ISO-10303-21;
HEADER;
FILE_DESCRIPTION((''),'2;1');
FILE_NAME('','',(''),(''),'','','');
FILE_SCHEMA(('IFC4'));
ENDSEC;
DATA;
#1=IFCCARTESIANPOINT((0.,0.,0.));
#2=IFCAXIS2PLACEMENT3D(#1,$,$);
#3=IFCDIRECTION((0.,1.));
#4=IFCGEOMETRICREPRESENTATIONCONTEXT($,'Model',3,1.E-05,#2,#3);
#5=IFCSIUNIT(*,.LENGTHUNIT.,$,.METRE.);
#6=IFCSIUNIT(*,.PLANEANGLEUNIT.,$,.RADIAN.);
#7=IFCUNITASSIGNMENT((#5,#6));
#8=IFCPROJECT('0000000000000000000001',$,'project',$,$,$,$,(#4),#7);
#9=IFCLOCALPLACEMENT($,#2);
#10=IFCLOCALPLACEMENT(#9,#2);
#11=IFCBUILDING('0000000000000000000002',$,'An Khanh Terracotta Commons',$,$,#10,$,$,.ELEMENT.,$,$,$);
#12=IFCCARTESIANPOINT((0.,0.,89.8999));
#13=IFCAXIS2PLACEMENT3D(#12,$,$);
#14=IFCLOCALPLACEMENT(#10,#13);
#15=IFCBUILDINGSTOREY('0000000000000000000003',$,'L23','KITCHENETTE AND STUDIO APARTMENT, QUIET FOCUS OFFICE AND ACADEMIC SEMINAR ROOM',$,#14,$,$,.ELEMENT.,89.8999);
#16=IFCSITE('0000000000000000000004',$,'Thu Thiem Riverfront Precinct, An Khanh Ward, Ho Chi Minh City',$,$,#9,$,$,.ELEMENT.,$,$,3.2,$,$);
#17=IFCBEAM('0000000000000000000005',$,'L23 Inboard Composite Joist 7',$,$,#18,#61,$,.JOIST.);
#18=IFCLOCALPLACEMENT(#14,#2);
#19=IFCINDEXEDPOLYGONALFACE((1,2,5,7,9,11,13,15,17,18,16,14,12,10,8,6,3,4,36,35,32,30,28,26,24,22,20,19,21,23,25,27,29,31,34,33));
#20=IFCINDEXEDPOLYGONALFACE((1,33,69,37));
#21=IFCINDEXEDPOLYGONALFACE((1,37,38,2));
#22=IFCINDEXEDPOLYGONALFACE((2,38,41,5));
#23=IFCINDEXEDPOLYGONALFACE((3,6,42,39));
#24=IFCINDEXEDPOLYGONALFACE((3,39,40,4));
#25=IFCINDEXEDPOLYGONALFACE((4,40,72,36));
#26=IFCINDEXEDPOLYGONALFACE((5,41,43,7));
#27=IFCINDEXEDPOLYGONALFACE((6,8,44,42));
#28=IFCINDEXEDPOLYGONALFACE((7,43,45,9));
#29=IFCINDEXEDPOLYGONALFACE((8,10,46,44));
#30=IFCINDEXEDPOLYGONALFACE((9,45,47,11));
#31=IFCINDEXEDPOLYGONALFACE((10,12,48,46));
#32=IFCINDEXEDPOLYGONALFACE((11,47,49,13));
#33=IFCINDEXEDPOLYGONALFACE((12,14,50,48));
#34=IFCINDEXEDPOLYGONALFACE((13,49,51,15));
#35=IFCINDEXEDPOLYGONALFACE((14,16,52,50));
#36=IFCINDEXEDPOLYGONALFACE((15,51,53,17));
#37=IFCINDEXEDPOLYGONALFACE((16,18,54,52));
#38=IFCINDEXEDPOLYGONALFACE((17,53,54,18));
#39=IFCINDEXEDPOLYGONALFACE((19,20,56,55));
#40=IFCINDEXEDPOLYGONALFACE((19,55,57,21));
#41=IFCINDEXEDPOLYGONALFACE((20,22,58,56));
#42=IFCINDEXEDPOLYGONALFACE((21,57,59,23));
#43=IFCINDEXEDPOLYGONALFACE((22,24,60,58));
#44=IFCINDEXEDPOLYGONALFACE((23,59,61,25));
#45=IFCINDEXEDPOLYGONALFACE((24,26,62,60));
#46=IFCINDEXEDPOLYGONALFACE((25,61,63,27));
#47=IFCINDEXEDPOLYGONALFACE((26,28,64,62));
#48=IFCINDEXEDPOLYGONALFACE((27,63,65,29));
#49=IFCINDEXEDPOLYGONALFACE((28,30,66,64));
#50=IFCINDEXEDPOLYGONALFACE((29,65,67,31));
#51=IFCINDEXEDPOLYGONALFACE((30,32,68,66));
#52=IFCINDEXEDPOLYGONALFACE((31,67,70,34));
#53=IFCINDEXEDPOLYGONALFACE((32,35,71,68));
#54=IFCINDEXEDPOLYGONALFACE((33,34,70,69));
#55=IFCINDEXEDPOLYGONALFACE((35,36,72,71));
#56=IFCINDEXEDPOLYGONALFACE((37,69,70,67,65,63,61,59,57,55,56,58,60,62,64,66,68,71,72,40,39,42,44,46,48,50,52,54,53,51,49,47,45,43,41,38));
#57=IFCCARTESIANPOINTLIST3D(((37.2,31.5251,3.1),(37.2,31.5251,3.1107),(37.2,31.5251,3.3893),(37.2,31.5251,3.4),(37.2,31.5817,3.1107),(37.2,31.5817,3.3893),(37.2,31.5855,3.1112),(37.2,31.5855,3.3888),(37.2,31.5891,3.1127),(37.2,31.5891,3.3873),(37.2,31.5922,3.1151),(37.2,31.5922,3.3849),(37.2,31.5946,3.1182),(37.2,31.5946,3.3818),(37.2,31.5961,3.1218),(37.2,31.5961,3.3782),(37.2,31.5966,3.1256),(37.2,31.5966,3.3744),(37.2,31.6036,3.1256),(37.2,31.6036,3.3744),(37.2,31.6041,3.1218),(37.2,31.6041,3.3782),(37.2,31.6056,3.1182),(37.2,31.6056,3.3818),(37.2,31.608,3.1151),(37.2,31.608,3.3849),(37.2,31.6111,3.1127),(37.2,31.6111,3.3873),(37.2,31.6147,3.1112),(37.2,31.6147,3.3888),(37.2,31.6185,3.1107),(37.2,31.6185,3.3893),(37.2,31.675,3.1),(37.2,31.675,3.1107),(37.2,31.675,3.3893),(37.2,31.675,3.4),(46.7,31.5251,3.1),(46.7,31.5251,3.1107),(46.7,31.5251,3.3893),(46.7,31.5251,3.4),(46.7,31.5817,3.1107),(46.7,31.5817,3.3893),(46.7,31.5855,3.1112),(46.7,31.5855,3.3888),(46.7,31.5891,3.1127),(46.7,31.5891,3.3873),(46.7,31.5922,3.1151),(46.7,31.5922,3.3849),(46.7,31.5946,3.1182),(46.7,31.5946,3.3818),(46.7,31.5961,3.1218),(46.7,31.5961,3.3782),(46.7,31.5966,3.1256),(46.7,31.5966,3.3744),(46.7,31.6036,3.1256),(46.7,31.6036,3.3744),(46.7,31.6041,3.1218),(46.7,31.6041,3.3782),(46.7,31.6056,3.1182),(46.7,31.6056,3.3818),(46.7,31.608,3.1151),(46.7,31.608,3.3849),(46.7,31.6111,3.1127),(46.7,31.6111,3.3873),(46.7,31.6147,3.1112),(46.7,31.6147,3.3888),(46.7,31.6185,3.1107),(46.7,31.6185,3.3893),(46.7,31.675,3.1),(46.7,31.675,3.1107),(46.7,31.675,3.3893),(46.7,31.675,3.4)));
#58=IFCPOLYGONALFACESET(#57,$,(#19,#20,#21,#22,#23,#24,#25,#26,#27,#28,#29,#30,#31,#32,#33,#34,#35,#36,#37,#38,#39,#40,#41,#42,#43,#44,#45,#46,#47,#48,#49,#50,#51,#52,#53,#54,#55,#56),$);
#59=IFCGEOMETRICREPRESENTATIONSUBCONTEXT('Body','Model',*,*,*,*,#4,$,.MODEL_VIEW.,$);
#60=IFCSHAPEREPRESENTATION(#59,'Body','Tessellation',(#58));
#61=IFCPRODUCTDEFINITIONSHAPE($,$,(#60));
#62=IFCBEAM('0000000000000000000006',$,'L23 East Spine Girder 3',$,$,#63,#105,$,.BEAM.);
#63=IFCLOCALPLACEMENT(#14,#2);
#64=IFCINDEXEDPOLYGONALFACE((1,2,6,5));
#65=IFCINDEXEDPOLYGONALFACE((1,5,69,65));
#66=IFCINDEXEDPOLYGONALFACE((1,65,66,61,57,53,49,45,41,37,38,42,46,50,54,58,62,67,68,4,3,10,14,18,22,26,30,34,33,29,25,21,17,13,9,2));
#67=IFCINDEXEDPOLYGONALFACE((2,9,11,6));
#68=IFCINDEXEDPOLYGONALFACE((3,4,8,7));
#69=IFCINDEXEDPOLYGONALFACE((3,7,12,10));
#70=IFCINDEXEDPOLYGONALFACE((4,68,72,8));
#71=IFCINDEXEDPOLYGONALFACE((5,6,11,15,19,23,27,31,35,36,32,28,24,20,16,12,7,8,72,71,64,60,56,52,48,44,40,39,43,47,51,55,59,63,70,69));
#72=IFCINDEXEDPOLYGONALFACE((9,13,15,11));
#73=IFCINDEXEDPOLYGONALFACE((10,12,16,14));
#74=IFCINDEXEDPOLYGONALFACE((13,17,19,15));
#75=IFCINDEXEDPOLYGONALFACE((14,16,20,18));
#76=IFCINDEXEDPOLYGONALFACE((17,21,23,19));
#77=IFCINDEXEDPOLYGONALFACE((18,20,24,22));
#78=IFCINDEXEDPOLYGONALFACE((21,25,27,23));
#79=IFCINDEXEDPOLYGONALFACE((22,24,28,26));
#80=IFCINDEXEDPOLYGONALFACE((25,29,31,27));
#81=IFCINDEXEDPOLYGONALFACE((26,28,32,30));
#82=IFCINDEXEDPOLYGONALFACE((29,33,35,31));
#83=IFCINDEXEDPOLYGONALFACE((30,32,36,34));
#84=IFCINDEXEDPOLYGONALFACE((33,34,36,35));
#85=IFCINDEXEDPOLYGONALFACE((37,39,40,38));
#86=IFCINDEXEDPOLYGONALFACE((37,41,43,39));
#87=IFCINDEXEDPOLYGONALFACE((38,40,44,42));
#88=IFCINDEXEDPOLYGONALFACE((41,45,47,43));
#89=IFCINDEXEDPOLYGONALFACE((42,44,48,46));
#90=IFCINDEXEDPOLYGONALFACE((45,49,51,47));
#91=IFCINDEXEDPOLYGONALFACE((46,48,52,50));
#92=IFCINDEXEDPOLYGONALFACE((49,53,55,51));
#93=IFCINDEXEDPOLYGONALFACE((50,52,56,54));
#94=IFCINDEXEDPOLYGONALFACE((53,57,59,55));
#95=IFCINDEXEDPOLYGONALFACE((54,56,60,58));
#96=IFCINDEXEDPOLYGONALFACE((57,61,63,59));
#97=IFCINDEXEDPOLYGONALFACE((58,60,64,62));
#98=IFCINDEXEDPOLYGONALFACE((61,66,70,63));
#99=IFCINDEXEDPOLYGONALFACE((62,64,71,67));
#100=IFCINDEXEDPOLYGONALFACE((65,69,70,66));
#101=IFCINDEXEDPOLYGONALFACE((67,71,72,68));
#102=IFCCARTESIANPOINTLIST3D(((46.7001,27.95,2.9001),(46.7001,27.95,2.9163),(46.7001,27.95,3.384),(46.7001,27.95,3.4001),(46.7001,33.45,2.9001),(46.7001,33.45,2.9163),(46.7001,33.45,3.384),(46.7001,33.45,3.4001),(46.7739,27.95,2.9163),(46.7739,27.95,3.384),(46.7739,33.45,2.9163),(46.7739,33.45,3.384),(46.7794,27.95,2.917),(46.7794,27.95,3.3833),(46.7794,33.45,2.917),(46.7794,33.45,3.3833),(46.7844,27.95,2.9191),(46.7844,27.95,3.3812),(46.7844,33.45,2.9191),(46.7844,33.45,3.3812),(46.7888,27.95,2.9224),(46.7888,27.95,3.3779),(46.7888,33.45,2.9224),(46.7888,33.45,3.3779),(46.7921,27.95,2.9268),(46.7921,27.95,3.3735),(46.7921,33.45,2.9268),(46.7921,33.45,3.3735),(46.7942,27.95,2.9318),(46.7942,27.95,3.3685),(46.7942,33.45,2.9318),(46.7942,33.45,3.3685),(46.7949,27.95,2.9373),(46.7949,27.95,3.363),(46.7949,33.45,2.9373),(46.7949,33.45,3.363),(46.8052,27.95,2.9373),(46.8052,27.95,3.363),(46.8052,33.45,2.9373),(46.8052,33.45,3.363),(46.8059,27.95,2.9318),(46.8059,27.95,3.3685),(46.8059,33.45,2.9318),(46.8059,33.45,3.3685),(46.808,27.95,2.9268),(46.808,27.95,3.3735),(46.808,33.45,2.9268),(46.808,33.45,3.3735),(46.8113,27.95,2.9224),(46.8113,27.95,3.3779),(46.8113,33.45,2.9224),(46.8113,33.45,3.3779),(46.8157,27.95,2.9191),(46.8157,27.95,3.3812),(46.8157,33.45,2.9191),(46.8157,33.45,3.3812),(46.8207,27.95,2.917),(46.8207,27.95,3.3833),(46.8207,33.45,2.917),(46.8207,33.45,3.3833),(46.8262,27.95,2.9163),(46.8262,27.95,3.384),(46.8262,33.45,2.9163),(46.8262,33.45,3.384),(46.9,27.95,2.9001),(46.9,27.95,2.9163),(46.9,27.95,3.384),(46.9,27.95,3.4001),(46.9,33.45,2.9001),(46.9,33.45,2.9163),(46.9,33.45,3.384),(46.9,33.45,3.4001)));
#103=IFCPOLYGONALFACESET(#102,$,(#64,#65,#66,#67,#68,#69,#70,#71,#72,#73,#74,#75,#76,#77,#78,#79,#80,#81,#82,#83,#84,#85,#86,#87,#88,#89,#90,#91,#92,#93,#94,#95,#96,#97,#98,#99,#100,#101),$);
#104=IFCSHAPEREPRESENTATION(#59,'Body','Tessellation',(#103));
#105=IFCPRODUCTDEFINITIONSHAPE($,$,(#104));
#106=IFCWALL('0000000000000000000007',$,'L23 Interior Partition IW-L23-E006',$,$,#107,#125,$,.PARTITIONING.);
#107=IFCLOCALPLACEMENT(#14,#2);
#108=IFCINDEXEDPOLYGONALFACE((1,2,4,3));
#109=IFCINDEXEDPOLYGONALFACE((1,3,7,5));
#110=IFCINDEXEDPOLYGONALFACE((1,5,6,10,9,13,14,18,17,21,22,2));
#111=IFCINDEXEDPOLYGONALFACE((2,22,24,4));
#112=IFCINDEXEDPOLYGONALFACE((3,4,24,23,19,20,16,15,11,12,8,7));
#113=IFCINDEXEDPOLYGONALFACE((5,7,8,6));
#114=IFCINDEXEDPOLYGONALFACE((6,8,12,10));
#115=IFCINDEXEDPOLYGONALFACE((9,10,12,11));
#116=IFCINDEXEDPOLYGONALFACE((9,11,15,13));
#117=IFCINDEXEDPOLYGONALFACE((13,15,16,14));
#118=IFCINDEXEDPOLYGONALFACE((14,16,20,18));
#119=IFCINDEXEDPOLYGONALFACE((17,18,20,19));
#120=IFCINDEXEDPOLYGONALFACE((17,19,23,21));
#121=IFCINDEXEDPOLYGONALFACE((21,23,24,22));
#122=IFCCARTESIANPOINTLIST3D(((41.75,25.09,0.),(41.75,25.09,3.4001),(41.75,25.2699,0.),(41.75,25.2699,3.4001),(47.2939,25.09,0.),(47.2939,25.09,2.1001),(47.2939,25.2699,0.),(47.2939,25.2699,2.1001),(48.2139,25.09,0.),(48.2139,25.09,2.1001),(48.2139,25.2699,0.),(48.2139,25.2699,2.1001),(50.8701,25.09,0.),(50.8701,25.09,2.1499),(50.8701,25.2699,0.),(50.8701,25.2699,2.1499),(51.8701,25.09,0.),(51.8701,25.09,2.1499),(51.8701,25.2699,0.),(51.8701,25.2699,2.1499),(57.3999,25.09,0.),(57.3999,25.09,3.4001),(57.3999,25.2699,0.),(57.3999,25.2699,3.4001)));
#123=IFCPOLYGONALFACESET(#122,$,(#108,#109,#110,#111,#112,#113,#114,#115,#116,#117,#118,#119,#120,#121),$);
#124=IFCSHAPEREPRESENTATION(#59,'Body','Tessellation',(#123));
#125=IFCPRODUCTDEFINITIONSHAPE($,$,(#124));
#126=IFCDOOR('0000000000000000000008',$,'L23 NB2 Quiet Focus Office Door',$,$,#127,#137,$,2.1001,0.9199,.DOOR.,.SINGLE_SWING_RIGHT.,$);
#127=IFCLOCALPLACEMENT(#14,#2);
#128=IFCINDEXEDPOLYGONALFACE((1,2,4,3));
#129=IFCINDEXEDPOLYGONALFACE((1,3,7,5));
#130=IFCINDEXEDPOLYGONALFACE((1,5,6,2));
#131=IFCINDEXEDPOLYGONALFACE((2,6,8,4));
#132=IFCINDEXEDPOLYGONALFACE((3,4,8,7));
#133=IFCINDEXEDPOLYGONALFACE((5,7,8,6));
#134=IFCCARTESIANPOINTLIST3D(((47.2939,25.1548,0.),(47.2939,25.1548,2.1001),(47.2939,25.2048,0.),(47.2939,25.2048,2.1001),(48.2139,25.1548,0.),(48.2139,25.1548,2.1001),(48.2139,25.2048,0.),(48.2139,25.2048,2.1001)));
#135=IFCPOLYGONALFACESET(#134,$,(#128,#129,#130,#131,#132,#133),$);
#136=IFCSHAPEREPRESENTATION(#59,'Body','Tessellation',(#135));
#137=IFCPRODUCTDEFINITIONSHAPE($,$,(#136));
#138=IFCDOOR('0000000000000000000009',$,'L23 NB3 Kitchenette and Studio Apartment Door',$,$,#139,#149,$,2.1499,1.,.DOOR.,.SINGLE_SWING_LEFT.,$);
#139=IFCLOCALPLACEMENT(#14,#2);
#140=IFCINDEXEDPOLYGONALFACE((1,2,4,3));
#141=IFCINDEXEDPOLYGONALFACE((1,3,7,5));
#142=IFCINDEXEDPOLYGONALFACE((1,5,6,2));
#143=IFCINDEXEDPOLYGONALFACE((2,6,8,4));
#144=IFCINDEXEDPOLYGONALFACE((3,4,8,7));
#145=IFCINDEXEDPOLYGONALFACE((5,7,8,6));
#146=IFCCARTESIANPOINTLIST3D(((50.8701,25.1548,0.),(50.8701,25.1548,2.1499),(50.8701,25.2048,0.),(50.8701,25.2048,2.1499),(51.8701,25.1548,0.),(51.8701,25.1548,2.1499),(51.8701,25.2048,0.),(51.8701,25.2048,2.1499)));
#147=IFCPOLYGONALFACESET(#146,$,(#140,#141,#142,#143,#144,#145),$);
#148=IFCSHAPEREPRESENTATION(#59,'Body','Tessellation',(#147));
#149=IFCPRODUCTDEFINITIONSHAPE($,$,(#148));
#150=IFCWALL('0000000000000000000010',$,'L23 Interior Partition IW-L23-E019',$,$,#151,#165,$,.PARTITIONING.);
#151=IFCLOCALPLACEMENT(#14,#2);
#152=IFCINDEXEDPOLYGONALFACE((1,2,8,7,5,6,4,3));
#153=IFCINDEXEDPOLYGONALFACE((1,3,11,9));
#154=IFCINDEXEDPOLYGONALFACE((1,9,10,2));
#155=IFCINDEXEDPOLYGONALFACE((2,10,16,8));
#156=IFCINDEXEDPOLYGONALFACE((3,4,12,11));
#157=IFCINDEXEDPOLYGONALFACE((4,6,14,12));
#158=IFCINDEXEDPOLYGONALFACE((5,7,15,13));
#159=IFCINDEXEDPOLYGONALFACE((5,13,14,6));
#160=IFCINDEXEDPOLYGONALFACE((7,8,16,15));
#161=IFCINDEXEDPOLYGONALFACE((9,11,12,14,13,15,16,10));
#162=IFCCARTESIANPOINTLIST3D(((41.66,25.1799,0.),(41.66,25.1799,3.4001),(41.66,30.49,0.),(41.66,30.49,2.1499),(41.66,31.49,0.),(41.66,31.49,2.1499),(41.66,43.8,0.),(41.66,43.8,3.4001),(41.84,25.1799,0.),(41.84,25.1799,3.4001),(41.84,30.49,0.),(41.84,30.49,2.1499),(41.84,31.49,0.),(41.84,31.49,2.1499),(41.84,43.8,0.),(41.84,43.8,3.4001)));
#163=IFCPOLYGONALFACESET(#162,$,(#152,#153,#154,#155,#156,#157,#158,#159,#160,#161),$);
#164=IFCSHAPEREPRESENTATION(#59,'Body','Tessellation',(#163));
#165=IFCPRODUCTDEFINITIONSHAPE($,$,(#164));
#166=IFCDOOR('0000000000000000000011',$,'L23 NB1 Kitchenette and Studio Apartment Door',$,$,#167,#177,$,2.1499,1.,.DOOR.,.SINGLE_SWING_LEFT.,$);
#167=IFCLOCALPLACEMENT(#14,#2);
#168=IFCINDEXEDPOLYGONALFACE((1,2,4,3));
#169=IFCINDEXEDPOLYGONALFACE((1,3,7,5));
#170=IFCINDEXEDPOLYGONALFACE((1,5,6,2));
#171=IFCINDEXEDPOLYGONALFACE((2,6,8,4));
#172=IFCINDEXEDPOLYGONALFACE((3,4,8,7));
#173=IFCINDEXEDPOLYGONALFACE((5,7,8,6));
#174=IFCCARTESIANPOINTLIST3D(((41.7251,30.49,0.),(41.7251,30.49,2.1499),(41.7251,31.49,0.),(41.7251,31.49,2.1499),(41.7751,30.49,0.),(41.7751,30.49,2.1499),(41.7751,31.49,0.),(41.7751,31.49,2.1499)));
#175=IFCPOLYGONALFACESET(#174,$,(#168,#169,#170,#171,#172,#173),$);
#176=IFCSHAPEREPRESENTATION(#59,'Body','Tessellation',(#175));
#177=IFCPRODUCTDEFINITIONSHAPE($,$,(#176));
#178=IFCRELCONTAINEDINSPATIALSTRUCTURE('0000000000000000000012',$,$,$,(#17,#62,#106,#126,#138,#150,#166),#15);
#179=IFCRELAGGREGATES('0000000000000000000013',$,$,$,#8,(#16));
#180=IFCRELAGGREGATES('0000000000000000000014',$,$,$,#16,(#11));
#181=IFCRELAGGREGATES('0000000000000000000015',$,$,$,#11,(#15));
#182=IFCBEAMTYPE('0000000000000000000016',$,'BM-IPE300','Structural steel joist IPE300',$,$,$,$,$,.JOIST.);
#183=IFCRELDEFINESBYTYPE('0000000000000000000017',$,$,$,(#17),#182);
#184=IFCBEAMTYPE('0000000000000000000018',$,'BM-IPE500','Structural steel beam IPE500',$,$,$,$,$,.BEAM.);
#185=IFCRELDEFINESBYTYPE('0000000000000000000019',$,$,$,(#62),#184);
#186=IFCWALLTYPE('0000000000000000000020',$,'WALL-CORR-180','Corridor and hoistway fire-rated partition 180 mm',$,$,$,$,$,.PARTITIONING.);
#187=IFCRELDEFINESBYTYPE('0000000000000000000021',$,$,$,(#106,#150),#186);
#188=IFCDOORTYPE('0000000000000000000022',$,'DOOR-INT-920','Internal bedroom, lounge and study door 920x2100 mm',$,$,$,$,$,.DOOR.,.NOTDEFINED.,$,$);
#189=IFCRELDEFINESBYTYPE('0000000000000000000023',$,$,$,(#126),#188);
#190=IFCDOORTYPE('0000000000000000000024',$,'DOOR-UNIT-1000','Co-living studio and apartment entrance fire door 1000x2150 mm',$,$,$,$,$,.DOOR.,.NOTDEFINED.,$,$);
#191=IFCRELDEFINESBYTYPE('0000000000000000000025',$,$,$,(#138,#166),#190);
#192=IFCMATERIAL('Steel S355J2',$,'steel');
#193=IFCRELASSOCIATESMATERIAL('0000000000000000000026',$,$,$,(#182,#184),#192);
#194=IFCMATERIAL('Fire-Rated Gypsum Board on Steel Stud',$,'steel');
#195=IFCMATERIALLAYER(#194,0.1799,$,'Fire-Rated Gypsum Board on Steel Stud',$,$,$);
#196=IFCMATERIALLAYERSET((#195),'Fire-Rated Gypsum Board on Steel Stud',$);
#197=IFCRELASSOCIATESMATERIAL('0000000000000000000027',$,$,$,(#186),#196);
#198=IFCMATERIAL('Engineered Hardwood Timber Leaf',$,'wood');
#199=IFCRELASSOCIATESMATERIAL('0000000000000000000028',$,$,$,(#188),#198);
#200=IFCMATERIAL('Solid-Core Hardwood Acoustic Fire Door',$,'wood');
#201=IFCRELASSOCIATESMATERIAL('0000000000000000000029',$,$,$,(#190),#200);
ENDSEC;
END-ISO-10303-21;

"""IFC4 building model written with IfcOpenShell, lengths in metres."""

from ifc_helpers import new_model, si_unit, direction, frame, frame_2d, origin, origin_2d, place, context, subcontext, project, spatial, rectangle, i_section, extrude, material, layer, layer_set, material_profile, profile_set, type_object, element, fill, save


model = new_model("IFC4")

# Units and contexts
model_context = context("Model", 3, precision=1e-05, world=origin(), true_north=direction((0.0, 1.0)))
body_context = subcontext(model_context, "Body", "Model", "MODEL_VIEW")
ifc_project = project(units=[si_unit("LENGTHUNIT", "METRE"), si_unit("PLANEANGLEUNIT", "RADIAN")], contexts=[model_context])

# Site, building, storey
site_placement = place(None, origin())
site = spatial("IfcSite", under=ifc_project, at=site_placement, Name="Thu Thiem Riverfront Precinct, An Khanh Ward, Ho Chi Minh City", CompositionType="ELEMENT", RefElevation=3.2)
building_placement = place(site_placement, origin())
building = spatial("IfcBuilding", under=site, at=building_placement, Name="An Khanh Terracotta Commons", CompositionType="ELEMENT")
storey_placement = place(building_placement, frame((0.0, 0.0, 89.8999)))
storey = spatial("IfcBuildingStorey", under=building, at=storey_placement, Name="L23", Description="KITCHENETTE AND STUDIO APARTMENT, QUIET FOCUS OFFICE AND ACADEMIC SEMINAR ROOM", CompositionType="ELEMENT", Elevation=89.8999)

# Beams
ifc_material_1 = material(Name="Steel S355J2", Category="steel")
ifc_material_profile_1 = material_profile(ifc_material_1, i_section(OverallWidth=0.1499, OverallDepth=0.3, WebThickness=0.0071, FlangeThickness=0.0107, FilletRadius=0.0149, at=origin_2d()), Name="IPE300")
ifc_profile_set_1 = profile_set([ifc_material_profile_1], Name="Steel S355J2")
beam_type_1 = type_object("IfcBeamType", Name="BM-IPE300", Description="Structural steel joist IPE300", PredefinedType="JOIST", material=ifc_profile_set_1)
for number, where, z_axis, x_axis, name in (
    (1, (37.2, 31.6001, 3.25), (1.0, 0.0, 0.0), (0.0, 1.0, 0.0), "L23 Inboard Composite Joist 7"),
):
    element("IfcBeam", number, at=place(storey_placement, frame(where, z_axis=z_axis, x_axis=x_axis)), inside=storey, type_object=beam_type_1, Name=name, PredefinedType="JOIST", context=body_context, shape_type="SweptSolid", body=[
        extrude(i_section(OverallWidth=0.1499, OverallDepth=0.3, WebThickness=0.0071, FlangeThickness=0.0107, FilletRadius=0.0149, at=origin_2d()), origin(), (0.0, 0.0, 1.0), 9.5),
    ])
ifc_material_profile_2 = material_profile(ifc_material_1, i_section(OverallWidth=0.2, OverallDepth=0.5, WebThickness=0.0103, FlangeThickness=0.0161, FilletRadius=0.021, at=origin_2d()), Name="IPE500")
ifc_profile_set_2 = profile_set([ifc_material_profile_2], Name="Steel S355J2")
beam_type_2 = type_object("IfcBeamType", Name="BM-IPE500", Description="Structural steel beam IPE500", PredefinedType="BEAM", material=ifc_profile_set_2)
beam_placement = place(storey_placement, frame((46.8, 27.95, 3.1501), z_axis=(0.0, 1.0, 0.0), x_axis=(-1.0, 0.0, 0.0)))
element("IfcBeam", 2, at=beam_placement, inside=storey, type_object=beam_type_2, Name="L23 East Spine Girder 3", PredefinedType="BEAM", context=body_context, shape_type="SweptSolid", body=[
    extrude(i_section(OverallWidth=0.2, OverallDepth=0.5, WebThickness=0.0103, FlangeThickness=0.0161, FilletRadius=0.021, at=origin_2d()), origin(), (0.0, 0.0, 1.0), 5.5),
])

# Wall, openings, doors
ifc_material_2 = material(Name="Fire-Rated Gypsum Board on Steel Stud", Category="steel")
ifc_layer_1 = layer(ifc_material_2, 0.1799, Name="Fire-Rated Gypsum Board on Steel Stud")
ifc_layer_set_1 = layer_set([ifc_layer_1], Name="Fire-Rated Gypsum Board on Steel Stud")
wall_type_1 = type_object("IfcWallType", Name="WALL-CORR-180", Description="Corridor and hoistway fire-rated partition 180 mm", PredefinedType="PARTITIONING", material=ifc_layer_set_1)
wall_1_placement = place(storey_placement, frame((41.75, 25.1799, 0.0), z_axis=(0.0, 0.0, 1.0), x_axis=(1.0, 0.0, 0.0)))
wall_1 = element("IfcWall", 3, at=wall_1_placement, inside=storey, type_object=wall_type_1, Name="L23 Interior Partition IW-L23-E006", PredefinedType="PARTITIONING", context=body_context, shape_type="SweptSolid", body=[
    extrude(rectangle(XDim=15.6499, YDim=0.1799, at=frame_2d((7.825, 0.0))), origin(), (0.0, 0.0, 1.0), 3.4001),
])
opening_1_placement = place(wall_1_placement, frame((5.5439, 0.0, 0.0)))
opening_1 = element("IfcOpeningElement", 4, at=opening_1_placement, cuts=wall_1, PredefinedType="OPENING", context=body_context, shape_type="SweptSolid", body=[
    extrude(rectangle(XDim=0.9199, YDim=2.1001, at=frame_2d((0.46, 1.05))), frame((0.0, 0.0999, 0.0), z_axis=(0.0, -1.0, 0.0), x_axis=(1.0, 0.0, 0.0)), (0.0, 0.0, 1.0), 0.2),
])
opening_2_placement = place(wall_1_placement, frame((9.1201, 0.0, 0.0)))
opening_2 = element("IfcOpeningElement", 5, at=opening_2_placement, cuts=wall_1, PredefinedType="OPENING", context=body_context, shape_type="SweptSolid", body=[
    extrude(rectangle(XDim=1.0, YDim=2.1499, at=frame_2d((0.5, 1.075))), frame((0.0, 0.0999, 0.0), z_axis=(0.0, -1.0, 0.0), x_axis=(1.0, 0.0, 0.0)), (0.0, 0.0, 1.0), 0.2),
])
ifc_material_3 = material(Name="Engineered Hardwood Timber Leaf", Category="wood")
door_type_1 = type_object("IfcDoorType", Name="DOOR-INT-920", Description="Internal bedroom, lounge and study door 920x2100 mm", OperationType="NOTDEFINED", PredefinedType="DOOR", material=ifc_material_3)
door_1_placement = place(opening_1_placement, origin())
door_1 = element("IfcDoor", 6, at=door_1_placement, inside=storey, type_object=door_type_1, Name="L23 NB2 Quiet Focus Office Door", OperationType="SINGLE_SWING_RIGHT", OverallHeight=2.1001, OverallWidth=0.9199, PredefinedType="DOOR", context=body_context, shape_type="SweptSolid", body=[
    extrude(rectangle(XDim=0.9199, YDim=2.1001, at=frame_2d((0.46, 1.05))), frame((0.0, 0.0249, 0.0), z_axis=(0.0, -1.0, 0.0), x_axis=(1.0, 0.0, 0.0)), (0.0, 0.0, 1.0), 0.05),
])
fill(opening_1, door_1)
ifc_material_4 = material(Name="Solid-Core Hardwood Acoustic Fire Door", Category="wood")
door_type_2 = type_object("IfcDoorType", Name="DOOR-UNIT-1000", Description="Co-living studio and apartment entrance fire door 1000x2150 mm", OperationType="NOTDEFINED", PredefinedType="DOOR", material=ifc_material_4)
door_2_placement = place(opening_2_placement, origin())
door_2 = element("IfcDoor", 7, at=door_2_placement, inside=storey, type_object=door_type_2, Name="L23 NB3 Kitchenette and Studio Apartment Door", OperationType="SINGLE_SWING_LEFT", OverallHeight=2.1499, OverallWidth=1.0, PredefinedType="DOOR", context=body_context, shape_type="SweptSolid", body=[
    extrude(rectangle(XDim=1.0, YDim=2.1499, at=frame_2d((0.5, 1.075))), frame((0.0, 0.0249, 0.0), z_axis=(0.0, -1.0, 0.0), x_axis=(1.0, 0.0, 0.0)), (0.0, 0.0, 1.0), 0.05),
])
fill(opening_2, door_2)

# Wall, opening, door
wall_2_placement = place(storey_placement, frame((41.75, 25.1799, 0.0), z_axis=(0.0, 0.0, 1.0), x_axis=(0.0, 1.0, 0.0)))
wall_2 = element("IfcWall", 8, at=wall_2_placement, inside=storey, type_object=wall_type_1, Name="L23 Interior Partition IW-L23-E019", PredefinedType="PARTITIONING", context=body_context, shape_type="SweptSolid", body=[
    extrude(rectangle(XDim=18.6201, YDim=0.1799, at=frame_2d((9.3101, 0.0))), origin(), (0.0, 0.0, 1.0), 3.4001),
])
opening_3_placement = place(wall_2_placement, frame((5.3101, 0.0, 0.0)))
opening_3 = element("IfcOpeningElement", 9, at=opening_3_placement, cuts=wall_2, PredefinedType="OPENING", context=body_context, shape_type="SweptSolid", body=[
    extrude(rectangle(XDim=1.0, YDim=2.1499, at=frame_2d((0.5, 1.075))), frame((0.0, 0.0999, 0.0), z_axis=(0.0, -1.0, 0.0), x_axis=(1.0, 0.0, 0.0)), (0.0, 0.0, 1.0), 0.2),
])
door_3_placement = place(opening_3_placement, origin())
door_3 = element("IfcDoor", 10, at=door_3_placement, inside=storey, type_object=door_type_2, Name="L23 NB1 Kitchenette and Studio Apartment Door", OperationType="SINGLE_SWING_LEFT", OverallHeight=2.1499, OverallWidth=1.0, PredefinedType="DOOR", context=body_context, shape_type="SweptSolid", body=[
    extrude(rectangle(XDim=1.0, YDim=2.1499, at=frame_2d((0.5, 1.075))), frame((0.0, 0.0249, 0.0), z_axis=(0.0, -1.0, 0.0), x_axis=(1.0, 0.0, 0.0)), (0.0, 0.0, 1.0), 0.05),
])
fill(opening_3, door_3)

save(model, "model.ifc")
